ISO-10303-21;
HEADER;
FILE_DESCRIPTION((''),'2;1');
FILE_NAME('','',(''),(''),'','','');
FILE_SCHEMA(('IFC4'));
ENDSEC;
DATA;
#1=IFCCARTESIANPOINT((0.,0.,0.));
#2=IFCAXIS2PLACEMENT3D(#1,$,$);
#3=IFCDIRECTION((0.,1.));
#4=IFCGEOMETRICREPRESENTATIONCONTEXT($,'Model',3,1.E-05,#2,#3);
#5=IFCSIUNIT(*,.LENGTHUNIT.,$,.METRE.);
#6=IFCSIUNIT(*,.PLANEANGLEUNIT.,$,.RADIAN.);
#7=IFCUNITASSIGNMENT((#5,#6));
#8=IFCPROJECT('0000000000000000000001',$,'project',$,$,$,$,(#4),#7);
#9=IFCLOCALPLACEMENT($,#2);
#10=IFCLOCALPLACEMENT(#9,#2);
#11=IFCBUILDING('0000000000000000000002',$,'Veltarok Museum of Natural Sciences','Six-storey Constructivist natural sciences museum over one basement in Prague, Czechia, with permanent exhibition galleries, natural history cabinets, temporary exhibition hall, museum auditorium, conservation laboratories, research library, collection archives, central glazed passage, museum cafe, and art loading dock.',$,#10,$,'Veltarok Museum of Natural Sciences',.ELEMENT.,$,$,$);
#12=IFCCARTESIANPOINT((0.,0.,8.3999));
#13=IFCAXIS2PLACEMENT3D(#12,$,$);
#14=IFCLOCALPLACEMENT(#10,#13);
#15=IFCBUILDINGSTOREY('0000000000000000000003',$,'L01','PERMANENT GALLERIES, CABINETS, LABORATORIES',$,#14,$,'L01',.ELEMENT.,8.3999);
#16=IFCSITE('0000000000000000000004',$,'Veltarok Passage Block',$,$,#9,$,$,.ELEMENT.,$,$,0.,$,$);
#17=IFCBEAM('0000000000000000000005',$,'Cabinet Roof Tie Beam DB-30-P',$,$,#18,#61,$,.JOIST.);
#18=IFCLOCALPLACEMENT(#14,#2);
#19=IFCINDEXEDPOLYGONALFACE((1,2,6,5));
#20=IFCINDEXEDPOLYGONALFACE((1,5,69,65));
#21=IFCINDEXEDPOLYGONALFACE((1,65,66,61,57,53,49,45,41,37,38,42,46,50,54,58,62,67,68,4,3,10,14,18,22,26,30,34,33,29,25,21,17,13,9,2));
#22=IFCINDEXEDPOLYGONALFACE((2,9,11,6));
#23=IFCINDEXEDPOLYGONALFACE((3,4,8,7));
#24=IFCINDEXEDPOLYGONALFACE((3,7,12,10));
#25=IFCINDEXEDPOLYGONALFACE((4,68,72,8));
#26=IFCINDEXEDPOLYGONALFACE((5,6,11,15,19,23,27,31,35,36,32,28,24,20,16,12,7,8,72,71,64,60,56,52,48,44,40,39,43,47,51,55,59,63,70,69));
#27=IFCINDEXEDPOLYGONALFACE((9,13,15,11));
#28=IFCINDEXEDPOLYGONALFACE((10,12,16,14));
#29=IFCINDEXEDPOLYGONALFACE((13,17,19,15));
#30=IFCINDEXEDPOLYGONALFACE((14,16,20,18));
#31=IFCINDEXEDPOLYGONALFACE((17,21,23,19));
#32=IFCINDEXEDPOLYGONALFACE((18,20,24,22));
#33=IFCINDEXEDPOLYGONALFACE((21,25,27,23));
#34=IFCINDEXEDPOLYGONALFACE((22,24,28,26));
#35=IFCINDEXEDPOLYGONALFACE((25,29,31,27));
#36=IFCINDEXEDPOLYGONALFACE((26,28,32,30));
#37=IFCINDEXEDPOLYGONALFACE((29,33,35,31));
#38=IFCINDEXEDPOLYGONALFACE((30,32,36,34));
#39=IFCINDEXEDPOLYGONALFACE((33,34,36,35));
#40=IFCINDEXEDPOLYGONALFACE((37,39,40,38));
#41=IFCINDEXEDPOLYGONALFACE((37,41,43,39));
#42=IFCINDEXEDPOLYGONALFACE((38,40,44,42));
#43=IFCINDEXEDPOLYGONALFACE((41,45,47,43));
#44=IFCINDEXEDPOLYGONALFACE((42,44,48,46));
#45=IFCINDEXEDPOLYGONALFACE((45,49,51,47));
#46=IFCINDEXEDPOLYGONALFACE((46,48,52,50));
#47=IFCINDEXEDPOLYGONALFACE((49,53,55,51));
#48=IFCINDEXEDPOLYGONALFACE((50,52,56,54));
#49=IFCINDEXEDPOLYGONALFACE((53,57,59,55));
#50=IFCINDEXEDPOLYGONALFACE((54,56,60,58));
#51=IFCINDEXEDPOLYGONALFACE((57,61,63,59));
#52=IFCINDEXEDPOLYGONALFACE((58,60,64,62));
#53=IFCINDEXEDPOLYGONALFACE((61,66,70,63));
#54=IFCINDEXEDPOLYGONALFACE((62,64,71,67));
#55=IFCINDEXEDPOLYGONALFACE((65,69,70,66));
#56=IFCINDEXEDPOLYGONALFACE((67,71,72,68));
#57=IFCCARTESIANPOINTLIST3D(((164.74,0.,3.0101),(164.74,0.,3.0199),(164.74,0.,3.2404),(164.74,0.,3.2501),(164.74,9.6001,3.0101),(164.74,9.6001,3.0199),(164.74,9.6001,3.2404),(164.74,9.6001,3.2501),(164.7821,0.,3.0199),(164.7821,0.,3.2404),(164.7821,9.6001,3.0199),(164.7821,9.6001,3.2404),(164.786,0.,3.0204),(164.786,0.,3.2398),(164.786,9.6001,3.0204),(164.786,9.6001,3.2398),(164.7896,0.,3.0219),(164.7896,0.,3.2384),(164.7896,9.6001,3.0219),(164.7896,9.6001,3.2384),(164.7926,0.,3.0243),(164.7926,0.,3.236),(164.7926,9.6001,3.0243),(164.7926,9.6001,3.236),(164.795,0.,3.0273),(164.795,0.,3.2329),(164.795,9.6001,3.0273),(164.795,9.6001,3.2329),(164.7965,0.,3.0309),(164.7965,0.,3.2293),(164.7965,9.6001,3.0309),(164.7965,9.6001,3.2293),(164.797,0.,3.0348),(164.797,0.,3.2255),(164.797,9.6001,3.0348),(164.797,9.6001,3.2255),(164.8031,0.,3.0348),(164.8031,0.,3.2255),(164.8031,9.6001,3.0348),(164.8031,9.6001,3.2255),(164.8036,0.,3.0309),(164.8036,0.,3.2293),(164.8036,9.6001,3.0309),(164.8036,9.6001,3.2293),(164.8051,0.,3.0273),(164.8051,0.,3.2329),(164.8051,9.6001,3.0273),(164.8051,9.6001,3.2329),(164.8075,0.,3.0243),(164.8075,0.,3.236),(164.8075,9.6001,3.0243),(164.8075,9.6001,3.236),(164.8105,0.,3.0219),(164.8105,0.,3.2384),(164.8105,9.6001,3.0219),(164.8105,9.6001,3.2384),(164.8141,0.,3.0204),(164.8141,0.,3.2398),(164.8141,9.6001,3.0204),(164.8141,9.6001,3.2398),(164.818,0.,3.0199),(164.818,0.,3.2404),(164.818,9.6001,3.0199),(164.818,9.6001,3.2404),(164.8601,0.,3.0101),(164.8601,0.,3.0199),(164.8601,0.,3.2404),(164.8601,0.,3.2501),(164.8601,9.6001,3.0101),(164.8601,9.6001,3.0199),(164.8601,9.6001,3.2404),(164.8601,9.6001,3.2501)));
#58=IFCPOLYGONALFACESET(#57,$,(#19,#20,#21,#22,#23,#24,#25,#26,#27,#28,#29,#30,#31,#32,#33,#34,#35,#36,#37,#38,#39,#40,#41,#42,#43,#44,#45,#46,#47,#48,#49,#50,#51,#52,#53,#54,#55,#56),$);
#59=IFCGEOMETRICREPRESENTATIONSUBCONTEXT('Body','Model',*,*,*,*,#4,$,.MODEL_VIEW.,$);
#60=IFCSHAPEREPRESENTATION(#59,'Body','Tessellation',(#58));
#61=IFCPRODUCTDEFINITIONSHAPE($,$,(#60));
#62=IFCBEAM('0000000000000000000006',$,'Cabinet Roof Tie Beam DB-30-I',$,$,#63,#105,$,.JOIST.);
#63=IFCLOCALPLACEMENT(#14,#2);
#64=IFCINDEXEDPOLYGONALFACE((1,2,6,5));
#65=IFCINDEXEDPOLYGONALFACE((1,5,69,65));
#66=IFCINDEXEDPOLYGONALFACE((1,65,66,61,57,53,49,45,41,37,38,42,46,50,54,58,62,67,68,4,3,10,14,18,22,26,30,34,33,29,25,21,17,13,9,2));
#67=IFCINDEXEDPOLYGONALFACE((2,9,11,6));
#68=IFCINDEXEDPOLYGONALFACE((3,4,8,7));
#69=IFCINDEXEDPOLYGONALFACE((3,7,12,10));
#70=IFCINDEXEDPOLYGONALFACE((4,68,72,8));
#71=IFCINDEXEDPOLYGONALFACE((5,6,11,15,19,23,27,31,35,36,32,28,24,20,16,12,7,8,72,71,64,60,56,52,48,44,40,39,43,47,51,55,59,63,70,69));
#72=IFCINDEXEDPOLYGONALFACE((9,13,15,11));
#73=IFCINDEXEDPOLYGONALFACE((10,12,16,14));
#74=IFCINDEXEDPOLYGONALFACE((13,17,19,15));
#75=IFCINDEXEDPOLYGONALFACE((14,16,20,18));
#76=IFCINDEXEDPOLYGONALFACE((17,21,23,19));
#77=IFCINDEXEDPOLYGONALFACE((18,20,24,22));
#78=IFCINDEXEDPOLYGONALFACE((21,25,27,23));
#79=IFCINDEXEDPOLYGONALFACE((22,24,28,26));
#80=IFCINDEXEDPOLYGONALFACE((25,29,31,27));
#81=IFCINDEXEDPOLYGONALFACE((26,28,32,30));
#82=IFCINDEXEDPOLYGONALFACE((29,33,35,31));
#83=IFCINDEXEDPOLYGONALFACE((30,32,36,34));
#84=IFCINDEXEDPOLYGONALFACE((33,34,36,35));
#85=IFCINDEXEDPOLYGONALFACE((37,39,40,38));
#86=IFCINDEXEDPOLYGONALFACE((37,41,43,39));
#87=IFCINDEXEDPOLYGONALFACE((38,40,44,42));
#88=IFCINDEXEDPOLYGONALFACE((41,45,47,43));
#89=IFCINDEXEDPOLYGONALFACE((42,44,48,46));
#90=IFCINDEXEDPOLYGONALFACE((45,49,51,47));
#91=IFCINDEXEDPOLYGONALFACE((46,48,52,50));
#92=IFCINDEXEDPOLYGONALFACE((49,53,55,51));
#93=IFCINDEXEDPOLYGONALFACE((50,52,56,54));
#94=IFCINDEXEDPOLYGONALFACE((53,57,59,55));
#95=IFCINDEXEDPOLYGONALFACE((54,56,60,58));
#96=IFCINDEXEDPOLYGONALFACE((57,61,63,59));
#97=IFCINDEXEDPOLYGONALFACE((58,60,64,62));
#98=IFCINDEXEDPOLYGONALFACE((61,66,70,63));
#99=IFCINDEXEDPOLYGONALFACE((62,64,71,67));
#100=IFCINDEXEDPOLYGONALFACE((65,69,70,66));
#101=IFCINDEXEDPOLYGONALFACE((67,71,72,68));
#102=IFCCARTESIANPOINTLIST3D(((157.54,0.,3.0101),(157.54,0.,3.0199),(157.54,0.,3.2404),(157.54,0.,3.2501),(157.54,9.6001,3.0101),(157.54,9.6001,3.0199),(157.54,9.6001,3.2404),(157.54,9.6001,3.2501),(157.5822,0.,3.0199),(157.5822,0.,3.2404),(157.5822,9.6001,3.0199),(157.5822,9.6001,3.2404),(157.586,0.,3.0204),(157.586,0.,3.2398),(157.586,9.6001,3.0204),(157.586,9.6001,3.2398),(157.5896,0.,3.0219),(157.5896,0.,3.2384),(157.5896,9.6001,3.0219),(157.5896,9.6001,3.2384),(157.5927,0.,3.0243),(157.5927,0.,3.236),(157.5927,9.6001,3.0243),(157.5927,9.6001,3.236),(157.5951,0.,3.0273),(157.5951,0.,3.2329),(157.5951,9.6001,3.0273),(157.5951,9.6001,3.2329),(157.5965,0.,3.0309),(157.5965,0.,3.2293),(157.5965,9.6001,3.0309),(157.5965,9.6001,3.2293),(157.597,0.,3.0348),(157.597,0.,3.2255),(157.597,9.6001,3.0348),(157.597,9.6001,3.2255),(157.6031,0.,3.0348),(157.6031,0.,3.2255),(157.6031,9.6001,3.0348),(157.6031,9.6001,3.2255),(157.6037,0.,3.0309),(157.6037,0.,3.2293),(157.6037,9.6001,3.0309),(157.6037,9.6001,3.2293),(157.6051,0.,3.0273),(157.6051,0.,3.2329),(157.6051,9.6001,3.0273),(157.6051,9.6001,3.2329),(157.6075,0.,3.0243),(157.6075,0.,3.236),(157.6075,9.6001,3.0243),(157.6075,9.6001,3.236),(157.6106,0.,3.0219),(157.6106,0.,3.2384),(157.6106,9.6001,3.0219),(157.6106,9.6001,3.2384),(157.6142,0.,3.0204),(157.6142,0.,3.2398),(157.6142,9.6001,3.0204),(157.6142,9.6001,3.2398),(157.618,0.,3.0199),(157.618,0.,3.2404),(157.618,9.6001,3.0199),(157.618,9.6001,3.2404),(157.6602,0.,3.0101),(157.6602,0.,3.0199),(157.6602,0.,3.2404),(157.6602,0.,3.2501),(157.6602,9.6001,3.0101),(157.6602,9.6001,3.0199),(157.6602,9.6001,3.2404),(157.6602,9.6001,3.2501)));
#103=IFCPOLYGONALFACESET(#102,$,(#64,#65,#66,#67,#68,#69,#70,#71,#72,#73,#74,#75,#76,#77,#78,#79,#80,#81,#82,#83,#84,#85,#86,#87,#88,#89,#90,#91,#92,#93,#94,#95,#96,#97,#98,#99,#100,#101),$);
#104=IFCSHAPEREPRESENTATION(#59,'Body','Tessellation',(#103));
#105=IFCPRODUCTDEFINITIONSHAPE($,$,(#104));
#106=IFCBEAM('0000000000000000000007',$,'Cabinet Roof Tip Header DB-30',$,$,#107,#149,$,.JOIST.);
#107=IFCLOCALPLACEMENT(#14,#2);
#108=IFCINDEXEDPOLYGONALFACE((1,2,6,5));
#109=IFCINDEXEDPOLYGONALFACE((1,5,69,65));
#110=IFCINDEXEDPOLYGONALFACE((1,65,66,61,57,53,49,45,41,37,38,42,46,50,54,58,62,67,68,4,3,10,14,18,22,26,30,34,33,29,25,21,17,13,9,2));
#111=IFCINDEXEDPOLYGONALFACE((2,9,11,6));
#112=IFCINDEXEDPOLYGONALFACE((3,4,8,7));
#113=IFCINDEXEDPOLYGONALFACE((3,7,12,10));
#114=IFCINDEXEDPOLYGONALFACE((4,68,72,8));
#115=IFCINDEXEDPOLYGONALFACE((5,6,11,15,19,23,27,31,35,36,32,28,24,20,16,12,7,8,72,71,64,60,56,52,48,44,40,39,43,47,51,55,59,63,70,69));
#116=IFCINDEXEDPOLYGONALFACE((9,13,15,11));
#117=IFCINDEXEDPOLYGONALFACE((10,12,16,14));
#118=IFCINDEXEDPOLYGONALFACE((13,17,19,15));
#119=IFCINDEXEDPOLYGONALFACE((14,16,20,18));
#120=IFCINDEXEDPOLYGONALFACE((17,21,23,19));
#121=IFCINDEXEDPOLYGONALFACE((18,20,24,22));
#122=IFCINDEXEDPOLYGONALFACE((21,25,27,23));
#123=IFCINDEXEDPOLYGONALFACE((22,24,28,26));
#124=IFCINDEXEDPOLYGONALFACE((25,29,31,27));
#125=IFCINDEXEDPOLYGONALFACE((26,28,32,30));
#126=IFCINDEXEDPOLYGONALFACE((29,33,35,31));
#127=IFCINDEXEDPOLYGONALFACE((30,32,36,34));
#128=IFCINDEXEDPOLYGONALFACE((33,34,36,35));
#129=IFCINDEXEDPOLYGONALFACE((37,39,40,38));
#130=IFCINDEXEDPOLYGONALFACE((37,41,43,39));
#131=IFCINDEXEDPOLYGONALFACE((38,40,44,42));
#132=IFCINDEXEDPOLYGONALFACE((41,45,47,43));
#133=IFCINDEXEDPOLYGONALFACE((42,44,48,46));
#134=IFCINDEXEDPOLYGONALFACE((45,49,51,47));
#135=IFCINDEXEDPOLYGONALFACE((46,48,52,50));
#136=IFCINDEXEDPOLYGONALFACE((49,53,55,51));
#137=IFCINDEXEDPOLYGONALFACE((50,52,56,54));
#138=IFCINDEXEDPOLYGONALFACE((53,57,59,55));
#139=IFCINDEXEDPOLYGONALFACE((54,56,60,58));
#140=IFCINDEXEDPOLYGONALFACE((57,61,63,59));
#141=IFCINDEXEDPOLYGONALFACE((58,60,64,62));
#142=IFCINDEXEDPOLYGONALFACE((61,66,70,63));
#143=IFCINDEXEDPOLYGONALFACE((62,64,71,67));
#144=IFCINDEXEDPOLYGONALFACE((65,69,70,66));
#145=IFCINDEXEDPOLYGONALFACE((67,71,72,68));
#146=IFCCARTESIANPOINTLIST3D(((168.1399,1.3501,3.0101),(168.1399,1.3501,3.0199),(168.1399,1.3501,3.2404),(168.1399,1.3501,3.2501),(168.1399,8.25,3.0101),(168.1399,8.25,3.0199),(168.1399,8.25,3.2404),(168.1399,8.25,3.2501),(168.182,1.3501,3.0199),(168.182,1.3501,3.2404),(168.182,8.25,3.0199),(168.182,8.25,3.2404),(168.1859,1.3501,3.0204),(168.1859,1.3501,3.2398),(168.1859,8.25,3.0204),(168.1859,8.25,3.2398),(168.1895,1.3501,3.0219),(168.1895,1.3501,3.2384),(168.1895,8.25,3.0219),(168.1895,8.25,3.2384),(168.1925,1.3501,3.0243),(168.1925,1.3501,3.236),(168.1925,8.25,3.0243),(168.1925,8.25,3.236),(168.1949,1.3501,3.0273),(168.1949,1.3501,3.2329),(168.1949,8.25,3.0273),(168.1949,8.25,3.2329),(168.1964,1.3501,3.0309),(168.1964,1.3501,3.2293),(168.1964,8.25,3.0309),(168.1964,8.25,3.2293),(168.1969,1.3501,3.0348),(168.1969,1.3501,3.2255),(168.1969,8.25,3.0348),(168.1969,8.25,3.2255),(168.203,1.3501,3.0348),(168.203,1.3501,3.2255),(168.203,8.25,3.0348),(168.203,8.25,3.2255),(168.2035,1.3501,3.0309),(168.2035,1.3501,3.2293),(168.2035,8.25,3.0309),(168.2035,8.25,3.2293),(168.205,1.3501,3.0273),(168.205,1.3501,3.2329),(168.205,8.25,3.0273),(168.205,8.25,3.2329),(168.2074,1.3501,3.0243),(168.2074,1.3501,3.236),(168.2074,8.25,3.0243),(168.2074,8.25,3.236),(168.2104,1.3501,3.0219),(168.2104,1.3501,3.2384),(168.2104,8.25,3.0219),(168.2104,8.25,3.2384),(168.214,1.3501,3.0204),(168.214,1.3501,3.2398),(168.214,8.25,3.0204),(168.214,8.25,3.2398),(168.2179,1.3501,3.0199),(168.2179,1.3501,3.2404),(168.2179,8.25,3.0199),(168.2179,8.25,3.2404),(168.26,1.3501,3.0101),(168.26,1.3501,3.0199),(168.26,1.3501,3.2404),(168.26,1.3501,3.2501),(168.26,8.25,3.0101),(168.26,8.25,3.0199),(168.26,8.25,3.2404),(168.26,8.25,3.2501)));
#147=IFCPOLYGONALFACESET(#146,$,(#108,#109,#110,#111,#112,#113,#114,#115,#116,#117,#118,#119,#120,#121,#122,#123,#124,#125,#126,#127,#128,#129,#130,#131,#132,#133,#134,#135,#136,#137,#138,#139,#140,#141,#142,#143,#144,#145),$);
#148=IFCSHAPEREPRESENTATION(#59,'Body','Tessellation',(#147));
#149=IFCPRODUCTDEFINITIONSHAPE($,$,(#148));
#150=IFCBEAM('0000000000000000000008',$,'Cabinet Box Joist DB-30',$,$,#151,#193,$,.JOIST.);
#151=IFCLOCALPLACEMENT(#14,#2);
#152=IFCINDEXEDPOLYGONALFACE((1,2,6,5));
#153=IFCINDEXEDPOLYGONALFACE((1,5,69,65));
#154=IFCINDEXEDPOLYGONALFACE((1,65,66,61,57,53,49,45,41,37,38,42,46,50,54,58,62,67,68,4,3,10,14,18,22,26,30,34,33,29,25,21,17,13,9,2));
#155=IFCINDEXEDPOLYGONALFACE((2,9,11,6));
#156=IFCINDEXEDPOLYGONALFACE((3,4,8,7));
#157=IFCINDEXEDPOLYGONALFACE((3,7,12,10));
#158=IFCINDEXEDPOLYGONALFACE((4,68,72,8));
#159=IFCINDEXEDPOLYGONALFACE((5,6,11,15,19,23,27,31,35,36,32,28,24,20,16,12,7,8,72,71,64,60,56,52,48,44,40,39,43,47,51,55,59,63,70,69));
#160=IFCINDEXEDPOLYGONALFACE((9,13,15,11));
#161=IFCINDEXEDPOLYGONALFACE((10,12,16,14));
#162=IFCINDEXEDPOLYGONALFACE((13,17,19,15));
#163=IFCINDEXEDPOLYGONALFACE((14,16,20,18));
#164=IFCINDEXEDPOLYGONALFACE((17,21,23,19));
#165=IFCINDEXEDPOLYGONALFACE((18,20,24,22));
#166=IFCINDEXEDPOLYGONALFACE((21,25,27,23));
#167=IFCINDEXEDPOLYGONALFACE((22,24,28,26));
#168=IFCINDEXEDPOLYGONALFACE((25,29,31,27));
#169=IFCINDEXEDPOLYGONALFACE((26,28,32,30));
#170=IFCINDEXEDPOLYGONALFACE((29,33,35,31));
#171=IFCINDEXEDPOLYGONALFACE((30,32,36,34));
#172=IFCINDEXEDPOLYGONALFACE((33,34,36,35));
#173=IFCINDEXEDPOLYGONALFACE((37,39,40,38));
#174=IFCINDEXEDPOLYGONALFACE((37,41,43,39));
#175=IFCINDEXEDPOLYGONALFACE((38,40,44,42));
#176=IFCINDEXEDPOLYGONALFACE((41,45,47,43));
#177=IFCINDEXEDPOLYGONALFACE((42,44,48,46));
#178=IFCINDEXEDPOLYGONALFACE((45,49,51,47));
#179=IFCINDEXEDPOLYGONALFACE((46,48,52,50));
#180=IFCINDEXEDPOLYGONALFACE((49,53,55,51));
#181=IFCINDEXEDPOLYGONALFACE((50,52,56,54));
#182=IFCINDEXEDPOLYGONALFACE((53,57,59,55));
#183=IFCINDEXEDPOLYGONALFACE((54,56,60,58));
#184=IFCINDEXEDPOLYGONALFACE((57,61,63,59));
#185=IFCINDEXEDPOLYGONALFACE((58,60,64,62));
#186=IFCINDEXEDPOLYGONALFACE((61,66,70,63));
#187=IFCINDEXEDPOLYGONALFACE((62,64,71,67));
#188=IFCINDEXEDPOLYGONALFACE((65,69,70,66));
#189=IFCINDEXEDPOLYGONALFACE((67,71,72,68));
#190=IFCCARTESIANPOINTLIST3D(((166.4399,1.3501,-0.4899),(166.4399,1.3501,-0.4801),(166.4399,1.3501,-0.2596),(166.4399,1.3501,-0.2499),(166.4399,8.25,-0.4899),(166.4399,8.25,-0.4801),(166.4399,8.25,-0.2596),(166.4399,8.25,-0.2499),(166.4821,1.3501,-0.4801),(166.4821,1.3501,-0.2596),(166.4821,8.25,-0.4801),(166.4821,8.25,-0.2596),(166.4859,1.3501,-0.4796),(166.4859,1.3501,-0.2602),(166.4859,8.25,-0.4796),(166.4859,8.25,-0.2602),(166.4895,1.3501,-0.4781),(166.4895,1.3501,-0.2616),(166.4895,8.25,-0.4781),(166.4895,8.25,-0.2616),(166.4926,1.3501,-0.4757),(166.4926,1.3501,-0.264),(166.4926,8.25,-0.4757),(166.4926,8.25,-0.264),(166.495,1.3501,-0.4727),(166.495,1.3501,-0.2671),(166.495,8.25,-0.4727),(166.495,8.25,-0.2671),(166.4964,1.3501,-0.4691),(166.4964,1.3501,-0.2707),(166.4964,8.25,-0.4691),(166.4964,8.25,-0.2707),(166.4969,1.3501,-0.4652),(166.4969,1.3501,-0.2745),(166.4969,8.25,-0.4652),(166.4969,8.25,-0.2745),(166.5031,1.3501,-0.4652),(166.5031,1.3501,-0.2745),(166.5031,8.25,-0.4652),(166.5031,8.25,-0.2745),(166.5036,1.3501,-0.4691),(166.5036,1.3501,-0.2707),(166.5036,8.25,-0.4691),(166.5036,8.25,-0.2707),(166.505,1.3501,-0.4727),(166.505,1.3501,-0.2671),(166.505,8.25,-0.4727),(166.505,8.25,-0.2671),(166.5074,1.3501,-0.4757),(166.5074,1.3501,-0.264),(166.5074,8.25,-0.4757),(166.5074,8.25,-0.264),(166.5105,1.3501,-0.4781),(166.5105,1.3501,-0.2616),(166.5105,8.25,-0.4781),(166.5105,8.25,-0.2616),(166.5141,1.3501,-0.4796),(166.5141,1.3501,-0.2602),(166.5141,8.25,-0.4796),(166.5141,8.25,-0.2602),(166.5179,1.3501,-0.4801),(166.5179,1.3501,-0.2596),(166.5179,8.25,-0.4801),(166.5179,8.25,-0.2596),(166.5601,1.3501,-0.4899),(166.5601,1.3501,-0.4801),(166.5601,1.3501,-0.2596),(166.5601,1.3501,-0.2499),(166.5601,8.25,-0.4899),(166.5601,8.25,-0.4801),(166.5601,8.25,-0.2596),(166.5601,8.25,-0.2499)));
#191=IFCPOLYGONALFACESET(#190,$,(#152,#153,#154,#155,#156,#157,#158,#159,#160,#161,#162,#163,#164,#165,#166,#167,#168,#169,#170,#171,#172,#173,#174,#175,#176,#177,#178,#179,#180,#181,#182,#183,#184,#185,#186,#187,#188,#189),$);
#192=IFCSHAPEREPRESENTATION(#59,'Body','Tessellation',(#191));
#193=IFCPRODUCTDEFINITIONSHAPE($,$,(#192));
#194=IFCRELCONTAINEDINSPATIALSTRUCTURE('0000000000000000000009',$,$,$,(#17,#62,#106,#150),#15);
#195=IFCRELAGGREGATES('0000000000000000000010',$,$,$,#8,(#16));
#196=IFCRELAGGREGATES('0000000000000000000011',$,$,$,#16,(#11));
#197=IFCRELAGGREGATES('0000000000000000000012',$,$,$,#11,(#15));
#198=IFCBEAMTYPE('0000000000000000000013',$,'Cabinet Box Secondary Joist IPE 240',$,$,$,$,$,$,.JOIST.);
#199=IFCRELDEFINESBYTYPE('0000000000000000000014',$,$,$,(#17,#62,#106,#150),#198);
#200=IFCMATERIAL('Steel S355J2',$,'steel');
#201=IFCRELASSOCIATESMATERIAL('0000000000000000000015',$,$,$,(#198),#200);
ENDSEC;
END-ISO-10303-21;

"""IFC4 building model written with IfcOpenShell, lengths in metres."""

from ifc_helpers import new_model, si_unit, direction, frame, origin, origin_2d, place, context, subcontext, project, spatial, i_section, extrude, material, material_profile, profile_set, type_object, element, save


model = new_model("IFC4")

# Units and contexts
model_context = context("Model", 3, precision=1e-05, world=origin(), true_north=direction((0.0, 1.0)))
body_context = subcontext(model_context, "Body", "Model", "MODEL_VIEW")
ifc_project = project(units=[si_unit("LENGTHUNIT", "METRE"), si_unit("PLANEANGLEUNIT", "RADIAN")], contexts=[model_context])

# Site, building, storey
site_placement = place(None, origin())
site = spatial("IfcSite", under=ifc_project, at=site_placement, Name="Veltarok Passage Block", CompositionType="ELEMENT", RefElevation=0.0)
building_placement = place(site_placement, origin())
building = spatial("IfcBuilding", under=site, at=building_placement, Name="Veltarok Museum of Natural Sciences", Description="Six-storey Constructivist natural sciences museum over one basement in Prague, Czechia, with permanent exhibition galleries, natural history cabinets, temporary exhibition hall, museum auditorium, conservation laboratories, research library, collection archives, central glazed passage, museum cafe, and art loading dock.", LongName="Veltarok Museum of Natural Sciences", CompositionType="ELEMENT")
storey_placement = place(building_placement, frame((0.0, 0.0, 8.3999)))
storey = spatial("IfcBuildingStorey", under=building, at=storey_placement, Name="L01", Description="PERMANENT GALLERIES, CABINETS, LABORATORIES", LongName="L01", CompositionType="ELEMENT", Elevation=8.3999)

# Shared definitions
ifc_material_1 = material(Name="Steel S355J2", Category="steel")

# Beams
ifc_material_profile_1 = material_profile(ifc_material_1, i_section(OverallWidth=0.1201, OverallDepth=0.24, WebThickness=0.0061, FlangeThickness=0.0098, FilletRadius=0.0149, at=origin_2d()), Name="IPE 240")
ifc_profile_set_1 = profile_set([ifc_material_profile_1], Name="Steel S355J2")
beam_type_1 = type_object("IfcBeamType", Name="Cabinet Box Secondary Joist IPE 240", PredefinedType="JOIST", material=ifc_profile_set_1)
for number, where, z_axis, x_axis, name in (
    (1, (164.8, 0.0, 3.1301), (0.0, 1.0, 0.0), (-1.0, 0.0, 0.0), "Cabinet Roof Tie Beam DB-30-P"),
    (2, (157.6001, 0.0, 3.1301), (0.0, 1.0, 0.0), (-1.0, 0.0, 0.0), "Cabinet Roof Tie Beam DB-30-I"),
):
    element("IfcBeam", number, at=place(storey_placement, frame(where, z_axis=z_axis, x_axis=x_axis)), inside=storey, type_object=beam_type_1, Name=name, PredefinedType="JOIST", context=body_context, shape_type="SweptSolid", body=[
        extrude(i_section(OverallWidth=0.1201, OverallDepth=0.24, WebThickness=0.0061, FlangeThickness=0.0098, FilletRadius=0.0149, at=origin_2d()), origin(), (0.0, 0.0, 1.0), 9.6001),
    ])
for number, where, z_axis, x_axis, name in (
    (3, (168.2, 1.3501, 3.1301), (0.0, 1.0, 0.0), (-1.0, 0.0, 0.0), "Cabinet Roof Tip Header DB-30"),
    (4, (166.5, 1.3501, -0.3699), (0.0, 1.0, 0.0), (-1.0, 0.0, 0.0), "Cabinet Box Joist DB-30"),
):
    element("IfcBeam", number, at=place(storey_placement, frame(where, z_axis=z_axis, x_axis=x_axis)), inside=storey, type_object=beam_type_1, Name=name, PredefinedType="JOIST", context=body_context, shape_type="SweptSolid", body=[
        extrude(i_section(OverallWidth=0.1201, OverallDepth=0.24, WebThickness=0.0061, FlangeThickness=0.0098, FilletRadius=0.0149, at=origin_2d()), origin(), (0.0, 0.0, 1.0), 6.8999),
    ])

save(model, "model.ifc")
